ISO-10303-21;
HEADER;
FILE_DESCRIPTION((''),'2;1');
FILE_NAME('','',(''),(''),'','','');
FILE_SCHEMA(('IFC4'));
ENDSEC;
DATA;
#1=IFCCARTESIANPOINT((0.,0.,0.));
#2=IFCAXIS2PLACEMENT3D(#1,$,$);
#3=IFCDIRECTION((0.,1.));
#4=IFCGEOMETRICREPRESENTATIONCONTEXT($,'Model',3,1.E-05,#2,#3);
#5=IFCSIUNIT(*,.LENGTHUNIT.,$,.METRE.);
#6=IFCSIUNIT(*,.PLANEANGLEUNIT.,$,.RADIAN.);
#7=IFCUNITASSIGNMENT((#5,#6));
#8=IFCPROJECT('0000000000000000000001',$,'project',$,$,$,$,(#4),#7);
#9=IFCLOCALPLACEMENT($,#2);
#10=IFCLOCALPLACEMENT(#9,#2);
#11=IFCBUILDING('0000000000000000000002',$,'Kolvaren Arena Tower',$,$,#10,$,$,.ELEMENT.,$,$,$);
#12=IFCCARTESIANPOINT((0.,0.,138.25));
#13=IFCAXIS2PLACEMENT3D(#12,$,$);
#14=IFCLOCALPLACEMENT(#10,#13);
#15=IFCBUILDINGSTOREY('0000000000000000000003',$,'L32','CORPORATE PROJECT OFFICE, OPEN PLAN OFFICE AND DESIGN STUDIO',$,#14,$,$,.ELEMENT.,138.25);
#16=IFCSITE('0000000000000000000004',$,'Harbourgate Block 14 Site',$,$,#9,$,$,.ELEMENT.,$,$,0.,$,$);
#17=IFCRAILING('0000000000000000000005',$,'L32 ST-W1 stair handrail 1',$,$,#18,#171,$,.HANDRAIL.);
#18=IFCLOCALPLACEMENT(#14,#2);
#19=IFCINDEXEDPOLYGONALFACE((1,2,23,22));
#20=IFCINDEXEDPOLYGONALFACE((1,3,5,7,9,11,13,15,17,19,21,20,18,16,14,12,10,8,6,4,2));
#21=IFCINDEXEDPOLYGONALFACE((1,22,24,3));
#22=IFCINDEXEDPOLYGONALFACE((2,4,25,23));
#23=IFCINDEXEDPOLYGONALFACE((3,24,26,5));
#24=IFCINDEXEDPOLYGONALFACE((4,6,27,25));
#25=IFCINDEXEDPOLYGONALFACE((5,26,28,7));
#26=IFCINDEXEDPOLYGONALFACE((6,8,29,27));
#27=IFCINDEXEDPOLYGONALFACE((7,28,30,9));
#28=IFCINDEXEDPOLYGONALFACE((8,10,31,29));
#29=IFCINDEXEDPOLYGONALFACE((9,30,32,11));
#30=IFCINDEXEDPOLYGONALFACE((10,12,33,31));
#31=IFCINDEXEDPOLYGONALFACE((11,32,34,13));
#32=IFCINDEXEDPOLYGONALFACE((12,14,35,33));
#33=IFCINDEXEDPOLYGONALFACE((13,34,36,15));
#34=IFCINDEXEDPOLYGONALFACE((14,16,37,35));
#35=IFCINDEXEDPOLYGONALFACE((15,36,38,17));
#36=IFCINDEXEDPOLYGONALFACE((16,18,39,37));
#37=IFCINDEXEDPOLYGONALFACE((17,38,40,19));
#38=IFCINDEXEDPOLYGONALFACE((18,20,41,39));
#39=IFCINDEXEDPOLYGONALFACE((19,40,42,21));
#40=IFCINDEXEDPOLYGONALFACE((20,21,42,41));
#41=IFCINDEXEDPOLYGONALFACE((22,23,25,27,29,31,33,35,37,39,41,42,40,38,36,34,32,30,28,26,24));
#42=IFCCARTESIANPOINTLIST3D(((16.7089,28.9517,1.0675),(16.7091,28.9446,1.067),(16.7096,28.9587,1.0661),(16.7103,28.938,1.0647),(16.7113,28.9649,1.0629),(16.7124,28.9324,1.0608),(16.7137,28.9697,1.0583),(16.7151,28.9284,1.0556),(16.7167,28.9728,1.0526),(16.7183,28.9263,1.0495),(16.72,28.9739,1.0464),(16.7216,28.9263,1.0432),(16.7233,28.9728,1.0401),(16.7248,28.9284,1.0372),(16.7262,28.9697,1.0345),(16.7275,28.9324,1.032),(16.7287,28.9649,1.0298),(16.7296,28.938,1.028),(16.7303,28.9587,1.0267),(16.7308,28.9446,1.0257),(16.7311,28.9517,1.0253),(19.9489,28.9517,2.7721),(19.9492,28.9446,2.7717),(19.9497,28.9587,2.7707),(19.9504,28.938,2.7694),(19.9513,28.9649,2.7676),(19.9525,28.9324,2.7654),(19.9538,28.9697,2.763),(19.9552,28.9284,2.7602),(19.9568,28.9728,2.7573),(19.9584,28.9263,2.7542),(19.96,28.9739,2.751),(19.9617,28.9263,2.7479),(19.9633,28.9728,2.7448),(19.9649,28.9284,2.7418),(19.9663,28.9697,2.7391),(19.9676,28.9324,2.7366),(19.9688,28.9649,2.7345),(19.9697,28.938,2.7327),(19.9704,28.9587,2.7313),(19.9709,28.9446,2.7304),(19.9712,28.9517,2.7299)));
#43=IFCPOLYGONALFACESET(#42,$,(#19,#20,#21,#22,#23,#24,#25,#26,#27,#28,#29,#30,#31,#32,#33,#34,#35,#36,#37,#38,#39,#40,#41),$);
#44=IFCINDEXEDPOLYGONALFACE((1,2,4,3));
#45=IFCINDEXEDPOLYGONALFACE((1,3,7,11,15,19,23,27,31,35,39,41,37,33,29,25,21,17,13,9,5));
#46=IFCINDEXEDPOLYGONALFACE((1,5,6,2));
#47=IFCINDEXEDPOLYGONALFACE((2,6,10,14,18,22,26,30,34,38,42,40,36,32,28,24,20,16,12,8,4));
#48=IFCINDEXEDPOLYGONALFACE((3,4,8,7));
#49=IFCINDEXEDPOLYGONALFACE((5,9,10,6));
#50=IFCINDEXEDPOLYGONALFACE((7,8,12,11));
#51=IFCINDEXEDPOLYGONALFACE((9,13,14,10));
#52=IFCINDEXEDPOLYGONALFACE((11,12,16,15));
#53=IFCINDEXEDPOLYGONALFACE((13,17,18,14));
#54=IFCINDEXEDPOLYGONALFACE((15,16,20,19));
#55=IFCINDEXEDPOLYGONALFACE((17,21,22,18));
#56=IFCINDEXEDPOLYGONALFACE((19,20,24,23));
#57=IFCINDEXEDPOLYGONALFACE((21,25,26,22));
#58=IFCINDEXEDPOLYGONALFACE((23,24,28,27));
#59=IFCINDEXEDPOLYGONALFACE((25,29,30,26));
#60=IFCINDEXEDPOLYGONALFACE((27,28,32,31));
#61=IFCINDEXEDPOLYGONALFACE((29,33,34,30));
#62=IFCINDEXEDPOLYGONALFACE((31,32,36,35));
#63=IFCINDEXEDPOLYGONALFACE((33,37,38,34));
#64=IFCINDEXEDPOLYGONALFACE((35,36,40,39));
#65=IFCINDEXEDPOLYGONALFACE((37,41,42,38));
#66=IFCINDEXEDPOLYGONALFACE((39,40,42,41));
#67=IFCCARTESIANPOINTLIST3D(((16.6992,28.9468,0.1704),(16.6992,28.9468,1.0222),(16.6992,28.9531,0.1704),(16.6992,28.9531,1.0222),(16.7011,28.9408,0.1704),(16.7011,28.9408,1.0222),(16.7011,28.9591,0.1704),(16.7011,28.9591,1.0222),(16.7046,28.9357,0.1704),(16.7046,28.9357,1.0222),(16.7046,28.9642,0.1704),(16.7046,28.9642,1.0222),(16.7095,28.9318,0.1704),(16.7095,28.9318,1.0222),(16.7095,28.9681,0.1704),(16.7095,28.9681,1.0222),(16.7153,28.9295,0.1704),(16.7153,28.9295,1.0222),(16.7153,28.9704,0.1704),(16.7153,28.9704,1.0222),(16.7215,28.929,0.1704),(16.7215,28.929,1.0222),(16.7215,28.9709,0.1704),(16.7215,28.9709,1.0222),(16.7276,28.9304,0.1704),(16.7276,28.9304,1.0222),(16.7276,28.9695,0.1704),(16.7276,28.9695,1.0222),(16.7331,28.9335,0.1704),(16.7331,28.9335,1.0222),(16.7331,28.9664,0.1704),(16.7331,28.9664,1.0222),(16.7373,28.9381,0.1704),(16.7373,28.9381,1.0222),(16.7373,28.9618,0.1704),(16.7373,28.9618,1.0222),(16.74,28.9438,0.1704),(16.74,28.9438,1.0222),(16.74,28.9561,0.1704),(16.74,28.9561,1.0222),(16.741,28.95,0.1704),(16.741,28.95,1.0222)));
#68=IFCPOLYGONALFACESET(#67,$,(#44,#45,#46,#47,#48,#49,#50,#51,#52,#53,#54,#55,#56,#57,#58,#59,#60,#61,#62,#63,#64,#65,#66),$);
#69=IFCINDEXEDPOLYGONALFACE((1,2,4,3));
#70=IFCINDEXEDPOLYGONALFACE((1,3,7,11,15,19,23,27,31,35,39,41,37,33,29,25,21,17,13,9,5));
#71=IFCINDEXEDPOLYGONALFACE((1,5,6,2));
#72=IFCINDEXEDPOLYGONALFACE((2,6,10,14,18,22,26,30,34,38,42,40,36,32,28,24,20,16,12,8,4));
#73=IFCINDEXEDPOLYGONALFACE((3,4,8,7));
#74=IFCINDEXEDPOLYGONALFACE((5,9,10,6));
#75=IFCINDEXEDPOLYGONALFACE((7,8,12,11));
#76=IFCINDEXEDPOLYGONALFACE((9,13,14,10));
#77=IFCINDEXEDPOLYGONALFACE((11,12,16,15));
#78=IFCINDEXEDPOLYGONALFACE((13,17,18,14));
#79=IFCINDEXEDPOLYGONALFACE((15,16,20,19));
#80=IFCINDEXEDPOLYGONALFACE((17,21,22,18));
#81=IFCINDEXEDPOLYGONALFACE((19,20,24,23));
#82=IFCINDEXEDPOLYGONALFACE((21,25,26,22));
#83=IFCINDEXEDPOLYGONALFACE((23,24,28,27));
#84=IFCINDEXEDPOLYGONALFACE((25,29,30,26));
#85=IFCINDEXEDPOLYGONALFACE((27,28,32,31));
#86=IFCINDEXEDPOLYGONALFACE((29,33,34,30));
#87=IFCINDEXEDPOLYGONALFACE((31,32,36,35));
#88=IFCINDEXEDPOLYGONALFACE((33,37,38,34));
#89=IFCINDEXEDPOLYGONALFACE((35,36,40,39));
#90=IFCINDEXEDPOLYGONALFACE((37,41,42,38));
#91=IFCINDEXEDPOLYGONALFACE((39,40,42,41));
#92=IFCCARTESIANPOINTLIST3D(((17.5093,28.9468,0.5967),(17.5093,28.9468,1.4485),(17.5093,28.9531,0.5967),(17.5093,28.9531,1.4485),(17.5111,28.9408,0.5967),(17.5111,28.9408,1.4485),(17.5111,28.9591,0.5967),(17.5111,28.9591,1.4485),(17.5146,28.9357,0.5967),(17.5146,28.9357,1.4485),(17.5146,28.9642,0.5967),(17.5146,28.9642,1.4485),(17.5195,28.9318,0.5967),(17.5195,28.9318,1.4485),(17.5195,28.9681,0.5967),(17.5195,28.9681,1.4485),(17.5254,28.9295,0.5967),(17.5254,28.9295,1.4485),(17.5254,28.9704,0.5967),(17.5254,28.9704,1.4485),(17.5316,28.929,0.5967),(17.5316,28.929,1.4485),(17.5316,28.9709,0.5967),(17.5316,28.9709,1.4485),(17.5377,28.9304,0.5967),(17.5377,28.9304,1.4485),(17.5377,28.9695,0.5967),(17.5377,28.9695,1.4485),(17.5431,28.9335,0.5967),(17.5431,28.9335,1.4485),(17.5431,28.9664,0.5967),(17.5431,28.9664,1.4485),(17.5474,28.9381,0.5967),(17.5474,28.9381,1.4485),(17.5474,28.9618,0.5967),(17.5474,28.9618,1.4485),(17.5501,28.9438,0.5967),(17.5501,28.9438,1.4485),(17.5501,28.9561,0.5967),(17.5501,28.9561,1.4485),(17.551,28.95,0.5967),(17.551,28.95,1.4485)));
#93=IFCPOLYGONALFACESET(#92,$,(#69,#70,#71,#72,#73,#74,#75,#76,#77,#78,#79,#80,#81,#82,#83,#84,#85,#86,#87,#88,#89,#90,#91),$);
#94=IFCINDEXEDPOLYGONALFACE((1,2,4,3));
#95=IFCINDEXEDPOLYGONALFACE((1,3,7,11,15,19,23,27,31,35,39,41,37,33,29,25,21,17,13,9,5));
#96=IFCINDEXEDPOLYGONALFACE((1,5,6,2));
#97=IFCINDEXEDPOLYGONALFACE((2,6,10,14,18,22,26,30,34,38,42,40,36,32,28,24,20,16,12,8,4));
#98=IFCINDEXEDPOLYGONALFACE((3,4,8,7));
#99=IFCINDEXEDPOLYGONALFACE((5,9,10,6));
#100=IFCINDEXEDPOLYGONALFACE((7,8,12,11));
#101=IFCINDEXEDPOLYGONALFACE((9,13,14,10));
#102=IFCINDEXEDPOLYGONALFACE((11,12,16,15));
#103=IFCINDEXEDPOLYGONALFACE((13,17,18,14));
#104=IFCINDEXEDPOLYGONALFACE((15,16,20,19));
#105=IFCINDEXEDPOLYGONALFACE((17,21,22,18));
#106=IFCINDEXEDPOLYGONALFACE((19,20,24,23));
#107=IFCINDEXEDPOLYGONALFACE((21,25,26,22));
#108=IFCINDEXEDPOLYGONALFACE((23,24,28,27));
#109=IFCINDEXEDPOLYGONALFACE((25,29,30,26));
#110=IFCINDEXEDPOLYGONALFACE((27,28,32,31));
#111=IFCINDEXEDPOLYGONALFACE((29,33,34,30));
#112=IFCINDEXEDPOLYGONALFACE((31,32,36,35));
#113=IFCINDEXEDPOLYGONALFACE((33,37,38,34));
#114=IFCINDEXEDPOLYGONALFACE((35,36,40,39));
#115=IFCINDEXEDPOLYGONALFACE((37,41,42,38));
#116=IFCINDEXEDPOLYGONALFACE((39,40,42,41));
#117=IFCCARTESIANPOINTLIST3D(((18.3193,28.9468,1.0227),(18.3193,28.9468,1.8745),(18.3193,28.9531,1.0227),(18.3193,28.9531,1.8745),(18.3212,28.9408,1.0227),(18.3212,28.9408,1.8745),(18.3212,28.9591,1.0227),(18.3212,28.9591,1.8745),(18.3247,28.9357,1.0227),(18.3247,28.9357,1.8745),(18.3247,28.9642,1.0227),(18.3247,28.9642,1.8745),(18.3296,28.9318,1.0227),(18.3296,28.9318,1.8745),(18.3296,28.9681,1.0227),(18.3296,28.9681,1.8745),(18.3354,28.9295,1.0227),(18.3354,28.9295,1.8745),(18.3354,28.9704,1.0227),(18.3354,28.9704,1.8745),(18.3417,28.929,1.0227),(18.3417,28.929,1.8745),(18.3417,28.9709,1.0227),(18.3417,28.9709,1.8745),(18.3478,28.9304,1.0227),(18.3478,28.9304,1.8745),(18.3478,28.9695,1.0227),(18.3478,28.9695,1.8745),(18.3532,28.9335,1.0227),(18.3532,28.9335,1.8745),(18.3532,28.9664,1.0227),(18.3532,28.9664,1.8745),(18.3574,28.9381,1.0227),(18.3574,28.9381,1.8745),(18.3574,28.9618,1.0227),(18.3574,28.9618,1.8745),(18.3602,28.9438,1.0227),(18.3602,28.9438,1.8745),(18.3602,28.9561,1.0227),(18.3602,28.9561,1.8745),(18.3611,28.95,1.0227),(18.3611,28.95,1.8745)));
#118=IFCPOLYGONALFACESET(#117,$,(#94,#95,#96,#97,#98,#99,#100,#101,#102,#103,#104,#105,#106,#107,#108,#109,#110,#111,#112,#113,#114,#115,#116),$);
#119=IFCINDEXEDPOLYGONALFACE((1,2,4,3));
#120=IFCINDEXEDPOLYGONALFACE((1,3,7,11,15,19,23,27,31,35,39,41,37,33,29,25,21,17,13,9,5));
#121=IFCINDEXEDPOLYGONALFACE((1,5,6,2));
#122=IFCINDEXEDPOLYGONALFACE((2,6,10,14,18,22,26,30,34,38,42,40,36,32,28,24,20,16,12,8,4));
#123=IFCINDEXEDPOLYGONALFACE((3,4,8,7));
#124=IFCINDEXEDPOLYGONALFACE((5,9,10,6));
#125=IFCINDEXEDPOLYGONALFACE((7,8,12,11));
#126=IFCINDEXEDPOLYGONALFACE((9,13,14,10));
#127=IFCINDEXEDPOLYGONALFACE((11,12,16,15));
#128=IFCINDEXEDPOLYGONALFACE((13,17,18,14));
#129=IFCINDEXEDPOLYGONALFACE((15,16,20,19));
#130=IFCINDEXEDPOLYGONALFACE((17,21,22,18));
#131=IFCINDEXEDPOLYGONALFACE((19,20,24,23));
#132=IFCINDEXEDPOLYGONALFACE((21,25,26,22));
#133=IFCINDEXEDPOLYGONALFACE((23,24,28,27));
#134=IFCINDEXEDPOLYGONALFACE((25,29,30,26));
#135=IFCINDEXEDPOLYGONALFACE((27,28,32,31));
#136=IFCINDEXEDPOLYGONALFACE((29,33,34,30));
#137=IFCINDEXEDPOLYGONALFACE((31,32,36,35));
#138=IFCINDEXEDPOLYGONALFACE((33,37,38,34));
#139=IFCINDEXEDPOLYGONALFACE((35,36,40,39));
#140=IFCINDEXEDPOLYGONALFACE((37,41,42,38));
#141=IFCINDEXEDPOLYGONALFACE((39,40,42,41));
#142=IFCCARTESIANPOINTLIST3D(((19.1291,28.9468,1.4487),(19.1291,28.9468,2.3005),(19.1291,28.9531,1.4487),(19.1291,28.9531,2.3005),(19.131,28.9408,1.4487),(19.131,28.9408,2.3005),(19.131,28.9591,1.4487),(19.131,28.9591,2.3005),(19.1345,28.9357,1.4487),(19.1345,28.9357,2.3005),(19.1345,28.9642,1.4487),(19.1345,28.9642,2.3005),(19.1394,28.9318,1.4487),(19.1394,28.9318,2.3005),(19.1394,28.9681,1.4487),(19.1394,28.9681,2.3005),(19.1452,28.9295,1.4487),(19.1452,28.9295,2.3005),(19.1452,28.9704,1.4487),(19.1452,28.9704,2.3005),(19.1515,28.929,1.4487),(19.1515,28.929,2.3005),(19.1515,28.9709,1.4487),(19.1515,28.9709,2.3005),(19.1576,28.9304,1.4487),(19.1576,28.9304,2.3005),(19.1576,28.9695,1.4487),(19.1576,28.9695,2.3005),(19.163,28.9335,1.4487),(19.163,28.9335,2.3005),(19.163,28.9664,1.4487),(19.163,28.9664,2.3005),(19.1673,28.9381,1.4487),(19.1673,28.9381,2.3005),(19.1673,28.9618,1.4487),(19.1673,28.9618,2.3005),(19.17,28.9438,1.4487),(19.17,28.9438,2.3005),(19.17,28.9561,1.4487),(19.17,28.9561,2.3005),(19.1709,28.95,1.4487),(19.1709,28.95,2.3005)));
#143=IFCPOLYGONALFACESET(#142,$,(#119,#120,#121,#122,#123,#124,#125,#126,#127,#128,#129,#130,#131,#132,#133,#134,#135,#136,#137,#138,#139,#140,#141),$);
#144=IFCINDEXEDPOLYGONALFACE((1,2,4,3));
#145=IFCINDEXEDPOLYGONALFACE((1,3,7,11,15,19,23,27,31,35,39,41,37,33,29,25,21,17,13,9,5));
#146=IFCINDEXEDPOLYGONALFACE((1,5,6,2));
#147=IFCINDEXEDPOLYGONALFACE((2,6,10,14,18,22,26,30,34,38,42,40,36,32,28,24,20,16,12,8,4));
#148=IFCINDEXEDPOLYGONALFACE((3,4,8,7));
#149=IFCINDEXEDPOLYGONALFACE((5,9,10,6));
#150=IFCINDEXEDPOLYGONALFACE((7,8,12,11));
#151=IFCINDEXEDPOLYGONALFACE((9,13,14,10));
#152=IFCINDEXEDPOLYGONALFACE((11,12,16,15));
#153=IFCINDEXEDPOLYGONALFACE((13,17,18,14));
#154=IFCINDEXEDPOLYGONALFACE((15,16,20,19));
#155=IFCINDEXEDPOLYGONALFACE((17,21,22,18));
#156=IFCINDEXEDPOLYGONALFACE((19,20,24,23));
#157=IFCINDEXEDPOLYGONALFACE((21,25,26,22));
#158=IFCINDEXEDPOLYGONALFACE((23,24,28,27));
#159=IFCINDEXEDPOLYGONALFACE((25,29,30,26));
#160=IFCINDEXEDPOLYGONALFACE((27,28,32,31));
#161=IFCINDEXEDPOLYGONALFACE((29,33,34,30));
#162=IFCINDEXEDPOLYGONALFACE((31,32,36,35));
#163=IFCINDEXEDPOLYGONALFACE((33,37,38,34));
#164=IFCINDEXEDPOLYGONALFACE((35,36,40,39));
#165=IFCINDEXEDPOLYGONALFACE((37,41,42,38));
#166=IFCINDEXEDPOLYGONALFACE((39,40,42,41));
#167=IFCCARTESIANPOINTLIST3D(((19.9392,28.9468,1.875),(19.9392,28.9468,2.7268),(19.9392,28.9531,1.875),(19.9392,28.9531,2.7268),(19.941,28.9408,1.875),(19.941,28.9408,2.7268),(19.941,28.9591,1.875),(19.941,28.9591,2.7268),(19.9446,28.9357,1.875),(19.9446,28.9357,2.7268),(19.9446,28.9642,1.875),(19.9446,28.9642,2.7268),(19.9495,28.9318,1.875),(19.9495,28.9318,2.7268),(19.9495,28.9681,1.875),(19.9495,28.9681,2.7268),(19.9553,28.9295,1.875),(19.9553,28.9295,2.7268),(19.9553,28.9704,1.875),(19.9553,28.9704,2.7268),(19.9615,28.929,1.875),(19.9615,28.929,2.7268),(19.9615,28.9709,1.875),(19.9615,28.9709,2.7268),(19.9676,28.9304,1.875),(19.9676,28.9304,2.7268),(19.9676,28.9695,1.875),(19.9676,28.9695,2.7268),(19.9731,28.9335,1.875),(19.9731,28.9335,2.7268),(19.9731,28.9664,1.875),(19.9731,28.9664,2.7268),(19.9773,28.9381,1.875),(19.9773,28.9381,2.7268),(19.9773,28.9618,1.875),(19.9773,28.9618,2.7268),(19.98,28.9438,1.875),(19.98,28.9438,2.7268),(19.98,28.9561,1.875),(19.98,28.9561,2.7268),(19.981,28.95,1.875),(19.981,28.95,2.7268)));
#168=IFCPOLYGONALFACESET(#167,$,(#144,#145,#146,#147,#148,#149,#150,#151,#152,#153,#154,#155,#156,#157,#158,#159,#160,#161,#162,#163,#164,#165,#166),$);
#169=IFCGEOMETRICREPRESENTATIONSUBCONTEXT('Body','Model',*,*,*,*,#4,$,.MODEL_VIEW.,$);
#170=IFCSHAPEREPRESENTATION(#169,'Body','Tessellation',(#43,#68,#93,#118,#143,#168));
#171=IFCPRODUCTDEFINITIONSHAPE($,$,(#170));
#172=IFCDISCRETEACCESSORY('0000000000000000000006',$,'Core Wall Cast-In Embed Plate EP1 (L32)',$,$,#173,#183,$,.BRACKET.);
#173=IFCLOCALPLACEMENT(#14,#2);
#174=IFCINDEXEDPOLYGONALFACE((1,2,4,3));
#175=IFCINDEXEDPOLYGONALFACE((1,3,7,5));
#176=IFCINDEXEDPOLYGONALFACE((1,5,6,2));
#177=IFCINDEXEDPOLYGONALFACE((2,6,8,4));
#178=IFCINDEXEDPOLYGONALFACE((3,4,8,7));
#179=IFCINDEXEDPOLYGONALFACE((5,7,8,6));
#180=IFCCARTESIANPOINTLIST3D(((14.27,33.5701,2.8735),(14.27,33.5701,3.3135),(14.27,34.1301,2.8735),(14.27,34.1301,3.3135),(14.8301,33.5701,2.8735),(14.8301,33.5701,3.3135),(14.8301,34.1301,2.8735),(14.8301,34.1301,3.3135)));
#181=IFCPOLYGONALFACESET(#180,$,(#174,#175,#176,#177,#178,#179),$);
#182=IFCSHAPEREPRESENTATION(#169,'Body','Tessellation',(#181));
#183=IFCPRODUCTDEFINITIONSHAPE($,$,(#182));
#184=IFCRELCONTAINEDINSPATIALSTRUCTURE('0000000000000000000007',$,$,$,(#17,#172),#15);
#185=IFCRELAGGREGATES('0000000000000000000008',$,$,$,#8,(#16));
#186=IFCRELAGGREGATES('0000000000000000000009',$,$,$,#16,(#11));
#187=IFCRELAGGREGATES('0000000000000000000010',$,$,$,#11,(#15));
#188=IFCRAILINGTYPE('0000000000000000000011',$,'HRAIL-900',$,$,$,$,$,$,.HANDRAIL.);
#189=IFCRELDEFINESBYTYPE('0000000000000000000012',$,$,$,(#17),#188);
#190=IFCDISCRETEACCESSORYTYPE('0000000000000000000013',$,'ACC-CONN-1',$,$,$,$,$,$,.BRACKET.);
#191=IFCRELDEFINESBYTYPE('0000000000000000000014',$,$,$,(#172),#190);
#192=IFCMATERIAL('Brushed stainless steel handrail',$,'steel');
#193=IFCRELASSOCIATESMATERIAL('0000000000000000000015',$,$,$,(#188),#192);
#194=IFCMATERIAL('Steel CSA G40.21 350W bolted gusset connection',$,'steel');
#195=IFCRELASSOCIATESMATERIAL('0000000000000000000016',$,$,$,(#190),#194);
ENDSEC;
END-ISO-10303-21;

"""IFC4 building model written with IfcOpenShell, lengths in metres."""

from ifc_helpers import new_model, si_unit, direction, frame, origin, origin_2d, place, context, subcontext, project, spatial, rectangle, circle, extrude, material, type_object, element, save


model = new_model("IFC4")

# Units and contexts
model_context = context("Model", 3, precision=1e-05, world=origin(), true_north=direction((0.0, 1.0)))
body_context = subcontext(model_context, "Body", "Model", "MODEL_VIEW")
ifc_project = project(units=[si_unit("LENGTHUNIT", "METRE"), si_unit("PLANEANGLEUNIT", "RADIAN")], contexts=[model_context])

# Site, building, storey
site_placement = place(None, origin())
site = spatial("IfcSite", under=ifc_project, at=site_placement, Name="Harbourgate Block 14 Site", CompositionType="ELEMENT", RefElevation=0.0)
building_placement = place(site_placement, origin())
building = spatial("IfcBuilding", under=site, at=building_placement, Name="Kolvaren Arena Tower", CompositionType="ELEMENT")
storey_placement = place(building_placement, frame((0.0, 0.0, 138.25)))
storey = spatial("IfcBuildingStorey", under=building, at=storey_placement, Name="L32", Description="CORPORATE PROJECT OFFICE, OPEN PLAN OFFICE AND DESIGN STUDIO", CompositionType="ELEMENT", Elevation=138.25)

# Railing
ifc_material_1 = material(Name="Brushed stainless steel handrail", Category="steel")
railing_type_1 = type_object("IfcRailingType", Name="HRAIL-900", PredefinedType="HANDRAIL", material=ifc_material_1)
railing_1_placement = place(storey_placement, frame((16.72, 28.95, 0.1704)))
element("IfcRailing", 1, at=railing_1_placement, inside=storey, type_object=railing_type_1, Name="L32 ST-W1 stair handrail 1", PredefinedType="HANDRAIL", context=body_context, shape_type="SweptSolid", body=[
    extrude(circle(Radius=0.0239, at=origin_2d()), frame((0.0, 0.0, 0.876), z_axis=(0.884993, 0.0, 0.465604), x_axis=(0.0, 1.0, 0.0)), (0.0, 0.0, 1.0), 3.6611),
    extrude(circle(Radius=0.021, at=origin_2d()), origin(), (0.0, 0.0, 1.0), 0.8518),
    extrude(circle(Radius=0.021, at=origin_2d()), frame((0.8101, 0.0, 0.4263)), (0.0, 0.0, 1.0), 0.8518),
    extrude(circle(Radius=0.021, at=origin_2d()), frame((1.6201, 0.0, 0.8523)), (0.0, 0.0, 1.0), 0.8518),
    extrude(circle(Radius=0.021, at=origin_2d()), frame((2.4299, 0.0, 1.2783)), (0.0, 0.0, 1.0), 0.8518),
    extrude(circle(Radius=0.021, at=origin_2d()), frame((3.24, 0.0, 1.7046)), (0.0, 0.0, 1.0), 0.8518),
])

# Discrete accessory
ifc_material_2 = material(Name="Steel CSA G40.21 350W bolted gusset connection", Category="steel")
discrete_accessory_type = type_object("IfcDiscreteAccessoryType", Name="ACC-CONN-1", PredefinedType="BRACKET", material=ifc_material_2)
discrete_accessory_placement = place(storey_placement, frame((14.55, 33.8501, 2.8735), z_axis=(0.0, 0.0, 1.0), x_axis=(1.0, 0.0, 0.0)))
element("IfcDiscreteAccessory", 2, at=discrete_accessory_placement, inside=storey, type_object=discrete_accessory_type, Name="Core Wall Cast-In Embed Plate EP1 (L32)", PredefinedType="BRACKET", context=body_context, shape_type="SweptSolid", body=[
    extrude(rectangle(XDim=0.5601, YDim=0.5601, at=origin_2d()), origin(), (0.0, 0.0, 1.0), 0.4399),
])

save(model, "model.ifc")
